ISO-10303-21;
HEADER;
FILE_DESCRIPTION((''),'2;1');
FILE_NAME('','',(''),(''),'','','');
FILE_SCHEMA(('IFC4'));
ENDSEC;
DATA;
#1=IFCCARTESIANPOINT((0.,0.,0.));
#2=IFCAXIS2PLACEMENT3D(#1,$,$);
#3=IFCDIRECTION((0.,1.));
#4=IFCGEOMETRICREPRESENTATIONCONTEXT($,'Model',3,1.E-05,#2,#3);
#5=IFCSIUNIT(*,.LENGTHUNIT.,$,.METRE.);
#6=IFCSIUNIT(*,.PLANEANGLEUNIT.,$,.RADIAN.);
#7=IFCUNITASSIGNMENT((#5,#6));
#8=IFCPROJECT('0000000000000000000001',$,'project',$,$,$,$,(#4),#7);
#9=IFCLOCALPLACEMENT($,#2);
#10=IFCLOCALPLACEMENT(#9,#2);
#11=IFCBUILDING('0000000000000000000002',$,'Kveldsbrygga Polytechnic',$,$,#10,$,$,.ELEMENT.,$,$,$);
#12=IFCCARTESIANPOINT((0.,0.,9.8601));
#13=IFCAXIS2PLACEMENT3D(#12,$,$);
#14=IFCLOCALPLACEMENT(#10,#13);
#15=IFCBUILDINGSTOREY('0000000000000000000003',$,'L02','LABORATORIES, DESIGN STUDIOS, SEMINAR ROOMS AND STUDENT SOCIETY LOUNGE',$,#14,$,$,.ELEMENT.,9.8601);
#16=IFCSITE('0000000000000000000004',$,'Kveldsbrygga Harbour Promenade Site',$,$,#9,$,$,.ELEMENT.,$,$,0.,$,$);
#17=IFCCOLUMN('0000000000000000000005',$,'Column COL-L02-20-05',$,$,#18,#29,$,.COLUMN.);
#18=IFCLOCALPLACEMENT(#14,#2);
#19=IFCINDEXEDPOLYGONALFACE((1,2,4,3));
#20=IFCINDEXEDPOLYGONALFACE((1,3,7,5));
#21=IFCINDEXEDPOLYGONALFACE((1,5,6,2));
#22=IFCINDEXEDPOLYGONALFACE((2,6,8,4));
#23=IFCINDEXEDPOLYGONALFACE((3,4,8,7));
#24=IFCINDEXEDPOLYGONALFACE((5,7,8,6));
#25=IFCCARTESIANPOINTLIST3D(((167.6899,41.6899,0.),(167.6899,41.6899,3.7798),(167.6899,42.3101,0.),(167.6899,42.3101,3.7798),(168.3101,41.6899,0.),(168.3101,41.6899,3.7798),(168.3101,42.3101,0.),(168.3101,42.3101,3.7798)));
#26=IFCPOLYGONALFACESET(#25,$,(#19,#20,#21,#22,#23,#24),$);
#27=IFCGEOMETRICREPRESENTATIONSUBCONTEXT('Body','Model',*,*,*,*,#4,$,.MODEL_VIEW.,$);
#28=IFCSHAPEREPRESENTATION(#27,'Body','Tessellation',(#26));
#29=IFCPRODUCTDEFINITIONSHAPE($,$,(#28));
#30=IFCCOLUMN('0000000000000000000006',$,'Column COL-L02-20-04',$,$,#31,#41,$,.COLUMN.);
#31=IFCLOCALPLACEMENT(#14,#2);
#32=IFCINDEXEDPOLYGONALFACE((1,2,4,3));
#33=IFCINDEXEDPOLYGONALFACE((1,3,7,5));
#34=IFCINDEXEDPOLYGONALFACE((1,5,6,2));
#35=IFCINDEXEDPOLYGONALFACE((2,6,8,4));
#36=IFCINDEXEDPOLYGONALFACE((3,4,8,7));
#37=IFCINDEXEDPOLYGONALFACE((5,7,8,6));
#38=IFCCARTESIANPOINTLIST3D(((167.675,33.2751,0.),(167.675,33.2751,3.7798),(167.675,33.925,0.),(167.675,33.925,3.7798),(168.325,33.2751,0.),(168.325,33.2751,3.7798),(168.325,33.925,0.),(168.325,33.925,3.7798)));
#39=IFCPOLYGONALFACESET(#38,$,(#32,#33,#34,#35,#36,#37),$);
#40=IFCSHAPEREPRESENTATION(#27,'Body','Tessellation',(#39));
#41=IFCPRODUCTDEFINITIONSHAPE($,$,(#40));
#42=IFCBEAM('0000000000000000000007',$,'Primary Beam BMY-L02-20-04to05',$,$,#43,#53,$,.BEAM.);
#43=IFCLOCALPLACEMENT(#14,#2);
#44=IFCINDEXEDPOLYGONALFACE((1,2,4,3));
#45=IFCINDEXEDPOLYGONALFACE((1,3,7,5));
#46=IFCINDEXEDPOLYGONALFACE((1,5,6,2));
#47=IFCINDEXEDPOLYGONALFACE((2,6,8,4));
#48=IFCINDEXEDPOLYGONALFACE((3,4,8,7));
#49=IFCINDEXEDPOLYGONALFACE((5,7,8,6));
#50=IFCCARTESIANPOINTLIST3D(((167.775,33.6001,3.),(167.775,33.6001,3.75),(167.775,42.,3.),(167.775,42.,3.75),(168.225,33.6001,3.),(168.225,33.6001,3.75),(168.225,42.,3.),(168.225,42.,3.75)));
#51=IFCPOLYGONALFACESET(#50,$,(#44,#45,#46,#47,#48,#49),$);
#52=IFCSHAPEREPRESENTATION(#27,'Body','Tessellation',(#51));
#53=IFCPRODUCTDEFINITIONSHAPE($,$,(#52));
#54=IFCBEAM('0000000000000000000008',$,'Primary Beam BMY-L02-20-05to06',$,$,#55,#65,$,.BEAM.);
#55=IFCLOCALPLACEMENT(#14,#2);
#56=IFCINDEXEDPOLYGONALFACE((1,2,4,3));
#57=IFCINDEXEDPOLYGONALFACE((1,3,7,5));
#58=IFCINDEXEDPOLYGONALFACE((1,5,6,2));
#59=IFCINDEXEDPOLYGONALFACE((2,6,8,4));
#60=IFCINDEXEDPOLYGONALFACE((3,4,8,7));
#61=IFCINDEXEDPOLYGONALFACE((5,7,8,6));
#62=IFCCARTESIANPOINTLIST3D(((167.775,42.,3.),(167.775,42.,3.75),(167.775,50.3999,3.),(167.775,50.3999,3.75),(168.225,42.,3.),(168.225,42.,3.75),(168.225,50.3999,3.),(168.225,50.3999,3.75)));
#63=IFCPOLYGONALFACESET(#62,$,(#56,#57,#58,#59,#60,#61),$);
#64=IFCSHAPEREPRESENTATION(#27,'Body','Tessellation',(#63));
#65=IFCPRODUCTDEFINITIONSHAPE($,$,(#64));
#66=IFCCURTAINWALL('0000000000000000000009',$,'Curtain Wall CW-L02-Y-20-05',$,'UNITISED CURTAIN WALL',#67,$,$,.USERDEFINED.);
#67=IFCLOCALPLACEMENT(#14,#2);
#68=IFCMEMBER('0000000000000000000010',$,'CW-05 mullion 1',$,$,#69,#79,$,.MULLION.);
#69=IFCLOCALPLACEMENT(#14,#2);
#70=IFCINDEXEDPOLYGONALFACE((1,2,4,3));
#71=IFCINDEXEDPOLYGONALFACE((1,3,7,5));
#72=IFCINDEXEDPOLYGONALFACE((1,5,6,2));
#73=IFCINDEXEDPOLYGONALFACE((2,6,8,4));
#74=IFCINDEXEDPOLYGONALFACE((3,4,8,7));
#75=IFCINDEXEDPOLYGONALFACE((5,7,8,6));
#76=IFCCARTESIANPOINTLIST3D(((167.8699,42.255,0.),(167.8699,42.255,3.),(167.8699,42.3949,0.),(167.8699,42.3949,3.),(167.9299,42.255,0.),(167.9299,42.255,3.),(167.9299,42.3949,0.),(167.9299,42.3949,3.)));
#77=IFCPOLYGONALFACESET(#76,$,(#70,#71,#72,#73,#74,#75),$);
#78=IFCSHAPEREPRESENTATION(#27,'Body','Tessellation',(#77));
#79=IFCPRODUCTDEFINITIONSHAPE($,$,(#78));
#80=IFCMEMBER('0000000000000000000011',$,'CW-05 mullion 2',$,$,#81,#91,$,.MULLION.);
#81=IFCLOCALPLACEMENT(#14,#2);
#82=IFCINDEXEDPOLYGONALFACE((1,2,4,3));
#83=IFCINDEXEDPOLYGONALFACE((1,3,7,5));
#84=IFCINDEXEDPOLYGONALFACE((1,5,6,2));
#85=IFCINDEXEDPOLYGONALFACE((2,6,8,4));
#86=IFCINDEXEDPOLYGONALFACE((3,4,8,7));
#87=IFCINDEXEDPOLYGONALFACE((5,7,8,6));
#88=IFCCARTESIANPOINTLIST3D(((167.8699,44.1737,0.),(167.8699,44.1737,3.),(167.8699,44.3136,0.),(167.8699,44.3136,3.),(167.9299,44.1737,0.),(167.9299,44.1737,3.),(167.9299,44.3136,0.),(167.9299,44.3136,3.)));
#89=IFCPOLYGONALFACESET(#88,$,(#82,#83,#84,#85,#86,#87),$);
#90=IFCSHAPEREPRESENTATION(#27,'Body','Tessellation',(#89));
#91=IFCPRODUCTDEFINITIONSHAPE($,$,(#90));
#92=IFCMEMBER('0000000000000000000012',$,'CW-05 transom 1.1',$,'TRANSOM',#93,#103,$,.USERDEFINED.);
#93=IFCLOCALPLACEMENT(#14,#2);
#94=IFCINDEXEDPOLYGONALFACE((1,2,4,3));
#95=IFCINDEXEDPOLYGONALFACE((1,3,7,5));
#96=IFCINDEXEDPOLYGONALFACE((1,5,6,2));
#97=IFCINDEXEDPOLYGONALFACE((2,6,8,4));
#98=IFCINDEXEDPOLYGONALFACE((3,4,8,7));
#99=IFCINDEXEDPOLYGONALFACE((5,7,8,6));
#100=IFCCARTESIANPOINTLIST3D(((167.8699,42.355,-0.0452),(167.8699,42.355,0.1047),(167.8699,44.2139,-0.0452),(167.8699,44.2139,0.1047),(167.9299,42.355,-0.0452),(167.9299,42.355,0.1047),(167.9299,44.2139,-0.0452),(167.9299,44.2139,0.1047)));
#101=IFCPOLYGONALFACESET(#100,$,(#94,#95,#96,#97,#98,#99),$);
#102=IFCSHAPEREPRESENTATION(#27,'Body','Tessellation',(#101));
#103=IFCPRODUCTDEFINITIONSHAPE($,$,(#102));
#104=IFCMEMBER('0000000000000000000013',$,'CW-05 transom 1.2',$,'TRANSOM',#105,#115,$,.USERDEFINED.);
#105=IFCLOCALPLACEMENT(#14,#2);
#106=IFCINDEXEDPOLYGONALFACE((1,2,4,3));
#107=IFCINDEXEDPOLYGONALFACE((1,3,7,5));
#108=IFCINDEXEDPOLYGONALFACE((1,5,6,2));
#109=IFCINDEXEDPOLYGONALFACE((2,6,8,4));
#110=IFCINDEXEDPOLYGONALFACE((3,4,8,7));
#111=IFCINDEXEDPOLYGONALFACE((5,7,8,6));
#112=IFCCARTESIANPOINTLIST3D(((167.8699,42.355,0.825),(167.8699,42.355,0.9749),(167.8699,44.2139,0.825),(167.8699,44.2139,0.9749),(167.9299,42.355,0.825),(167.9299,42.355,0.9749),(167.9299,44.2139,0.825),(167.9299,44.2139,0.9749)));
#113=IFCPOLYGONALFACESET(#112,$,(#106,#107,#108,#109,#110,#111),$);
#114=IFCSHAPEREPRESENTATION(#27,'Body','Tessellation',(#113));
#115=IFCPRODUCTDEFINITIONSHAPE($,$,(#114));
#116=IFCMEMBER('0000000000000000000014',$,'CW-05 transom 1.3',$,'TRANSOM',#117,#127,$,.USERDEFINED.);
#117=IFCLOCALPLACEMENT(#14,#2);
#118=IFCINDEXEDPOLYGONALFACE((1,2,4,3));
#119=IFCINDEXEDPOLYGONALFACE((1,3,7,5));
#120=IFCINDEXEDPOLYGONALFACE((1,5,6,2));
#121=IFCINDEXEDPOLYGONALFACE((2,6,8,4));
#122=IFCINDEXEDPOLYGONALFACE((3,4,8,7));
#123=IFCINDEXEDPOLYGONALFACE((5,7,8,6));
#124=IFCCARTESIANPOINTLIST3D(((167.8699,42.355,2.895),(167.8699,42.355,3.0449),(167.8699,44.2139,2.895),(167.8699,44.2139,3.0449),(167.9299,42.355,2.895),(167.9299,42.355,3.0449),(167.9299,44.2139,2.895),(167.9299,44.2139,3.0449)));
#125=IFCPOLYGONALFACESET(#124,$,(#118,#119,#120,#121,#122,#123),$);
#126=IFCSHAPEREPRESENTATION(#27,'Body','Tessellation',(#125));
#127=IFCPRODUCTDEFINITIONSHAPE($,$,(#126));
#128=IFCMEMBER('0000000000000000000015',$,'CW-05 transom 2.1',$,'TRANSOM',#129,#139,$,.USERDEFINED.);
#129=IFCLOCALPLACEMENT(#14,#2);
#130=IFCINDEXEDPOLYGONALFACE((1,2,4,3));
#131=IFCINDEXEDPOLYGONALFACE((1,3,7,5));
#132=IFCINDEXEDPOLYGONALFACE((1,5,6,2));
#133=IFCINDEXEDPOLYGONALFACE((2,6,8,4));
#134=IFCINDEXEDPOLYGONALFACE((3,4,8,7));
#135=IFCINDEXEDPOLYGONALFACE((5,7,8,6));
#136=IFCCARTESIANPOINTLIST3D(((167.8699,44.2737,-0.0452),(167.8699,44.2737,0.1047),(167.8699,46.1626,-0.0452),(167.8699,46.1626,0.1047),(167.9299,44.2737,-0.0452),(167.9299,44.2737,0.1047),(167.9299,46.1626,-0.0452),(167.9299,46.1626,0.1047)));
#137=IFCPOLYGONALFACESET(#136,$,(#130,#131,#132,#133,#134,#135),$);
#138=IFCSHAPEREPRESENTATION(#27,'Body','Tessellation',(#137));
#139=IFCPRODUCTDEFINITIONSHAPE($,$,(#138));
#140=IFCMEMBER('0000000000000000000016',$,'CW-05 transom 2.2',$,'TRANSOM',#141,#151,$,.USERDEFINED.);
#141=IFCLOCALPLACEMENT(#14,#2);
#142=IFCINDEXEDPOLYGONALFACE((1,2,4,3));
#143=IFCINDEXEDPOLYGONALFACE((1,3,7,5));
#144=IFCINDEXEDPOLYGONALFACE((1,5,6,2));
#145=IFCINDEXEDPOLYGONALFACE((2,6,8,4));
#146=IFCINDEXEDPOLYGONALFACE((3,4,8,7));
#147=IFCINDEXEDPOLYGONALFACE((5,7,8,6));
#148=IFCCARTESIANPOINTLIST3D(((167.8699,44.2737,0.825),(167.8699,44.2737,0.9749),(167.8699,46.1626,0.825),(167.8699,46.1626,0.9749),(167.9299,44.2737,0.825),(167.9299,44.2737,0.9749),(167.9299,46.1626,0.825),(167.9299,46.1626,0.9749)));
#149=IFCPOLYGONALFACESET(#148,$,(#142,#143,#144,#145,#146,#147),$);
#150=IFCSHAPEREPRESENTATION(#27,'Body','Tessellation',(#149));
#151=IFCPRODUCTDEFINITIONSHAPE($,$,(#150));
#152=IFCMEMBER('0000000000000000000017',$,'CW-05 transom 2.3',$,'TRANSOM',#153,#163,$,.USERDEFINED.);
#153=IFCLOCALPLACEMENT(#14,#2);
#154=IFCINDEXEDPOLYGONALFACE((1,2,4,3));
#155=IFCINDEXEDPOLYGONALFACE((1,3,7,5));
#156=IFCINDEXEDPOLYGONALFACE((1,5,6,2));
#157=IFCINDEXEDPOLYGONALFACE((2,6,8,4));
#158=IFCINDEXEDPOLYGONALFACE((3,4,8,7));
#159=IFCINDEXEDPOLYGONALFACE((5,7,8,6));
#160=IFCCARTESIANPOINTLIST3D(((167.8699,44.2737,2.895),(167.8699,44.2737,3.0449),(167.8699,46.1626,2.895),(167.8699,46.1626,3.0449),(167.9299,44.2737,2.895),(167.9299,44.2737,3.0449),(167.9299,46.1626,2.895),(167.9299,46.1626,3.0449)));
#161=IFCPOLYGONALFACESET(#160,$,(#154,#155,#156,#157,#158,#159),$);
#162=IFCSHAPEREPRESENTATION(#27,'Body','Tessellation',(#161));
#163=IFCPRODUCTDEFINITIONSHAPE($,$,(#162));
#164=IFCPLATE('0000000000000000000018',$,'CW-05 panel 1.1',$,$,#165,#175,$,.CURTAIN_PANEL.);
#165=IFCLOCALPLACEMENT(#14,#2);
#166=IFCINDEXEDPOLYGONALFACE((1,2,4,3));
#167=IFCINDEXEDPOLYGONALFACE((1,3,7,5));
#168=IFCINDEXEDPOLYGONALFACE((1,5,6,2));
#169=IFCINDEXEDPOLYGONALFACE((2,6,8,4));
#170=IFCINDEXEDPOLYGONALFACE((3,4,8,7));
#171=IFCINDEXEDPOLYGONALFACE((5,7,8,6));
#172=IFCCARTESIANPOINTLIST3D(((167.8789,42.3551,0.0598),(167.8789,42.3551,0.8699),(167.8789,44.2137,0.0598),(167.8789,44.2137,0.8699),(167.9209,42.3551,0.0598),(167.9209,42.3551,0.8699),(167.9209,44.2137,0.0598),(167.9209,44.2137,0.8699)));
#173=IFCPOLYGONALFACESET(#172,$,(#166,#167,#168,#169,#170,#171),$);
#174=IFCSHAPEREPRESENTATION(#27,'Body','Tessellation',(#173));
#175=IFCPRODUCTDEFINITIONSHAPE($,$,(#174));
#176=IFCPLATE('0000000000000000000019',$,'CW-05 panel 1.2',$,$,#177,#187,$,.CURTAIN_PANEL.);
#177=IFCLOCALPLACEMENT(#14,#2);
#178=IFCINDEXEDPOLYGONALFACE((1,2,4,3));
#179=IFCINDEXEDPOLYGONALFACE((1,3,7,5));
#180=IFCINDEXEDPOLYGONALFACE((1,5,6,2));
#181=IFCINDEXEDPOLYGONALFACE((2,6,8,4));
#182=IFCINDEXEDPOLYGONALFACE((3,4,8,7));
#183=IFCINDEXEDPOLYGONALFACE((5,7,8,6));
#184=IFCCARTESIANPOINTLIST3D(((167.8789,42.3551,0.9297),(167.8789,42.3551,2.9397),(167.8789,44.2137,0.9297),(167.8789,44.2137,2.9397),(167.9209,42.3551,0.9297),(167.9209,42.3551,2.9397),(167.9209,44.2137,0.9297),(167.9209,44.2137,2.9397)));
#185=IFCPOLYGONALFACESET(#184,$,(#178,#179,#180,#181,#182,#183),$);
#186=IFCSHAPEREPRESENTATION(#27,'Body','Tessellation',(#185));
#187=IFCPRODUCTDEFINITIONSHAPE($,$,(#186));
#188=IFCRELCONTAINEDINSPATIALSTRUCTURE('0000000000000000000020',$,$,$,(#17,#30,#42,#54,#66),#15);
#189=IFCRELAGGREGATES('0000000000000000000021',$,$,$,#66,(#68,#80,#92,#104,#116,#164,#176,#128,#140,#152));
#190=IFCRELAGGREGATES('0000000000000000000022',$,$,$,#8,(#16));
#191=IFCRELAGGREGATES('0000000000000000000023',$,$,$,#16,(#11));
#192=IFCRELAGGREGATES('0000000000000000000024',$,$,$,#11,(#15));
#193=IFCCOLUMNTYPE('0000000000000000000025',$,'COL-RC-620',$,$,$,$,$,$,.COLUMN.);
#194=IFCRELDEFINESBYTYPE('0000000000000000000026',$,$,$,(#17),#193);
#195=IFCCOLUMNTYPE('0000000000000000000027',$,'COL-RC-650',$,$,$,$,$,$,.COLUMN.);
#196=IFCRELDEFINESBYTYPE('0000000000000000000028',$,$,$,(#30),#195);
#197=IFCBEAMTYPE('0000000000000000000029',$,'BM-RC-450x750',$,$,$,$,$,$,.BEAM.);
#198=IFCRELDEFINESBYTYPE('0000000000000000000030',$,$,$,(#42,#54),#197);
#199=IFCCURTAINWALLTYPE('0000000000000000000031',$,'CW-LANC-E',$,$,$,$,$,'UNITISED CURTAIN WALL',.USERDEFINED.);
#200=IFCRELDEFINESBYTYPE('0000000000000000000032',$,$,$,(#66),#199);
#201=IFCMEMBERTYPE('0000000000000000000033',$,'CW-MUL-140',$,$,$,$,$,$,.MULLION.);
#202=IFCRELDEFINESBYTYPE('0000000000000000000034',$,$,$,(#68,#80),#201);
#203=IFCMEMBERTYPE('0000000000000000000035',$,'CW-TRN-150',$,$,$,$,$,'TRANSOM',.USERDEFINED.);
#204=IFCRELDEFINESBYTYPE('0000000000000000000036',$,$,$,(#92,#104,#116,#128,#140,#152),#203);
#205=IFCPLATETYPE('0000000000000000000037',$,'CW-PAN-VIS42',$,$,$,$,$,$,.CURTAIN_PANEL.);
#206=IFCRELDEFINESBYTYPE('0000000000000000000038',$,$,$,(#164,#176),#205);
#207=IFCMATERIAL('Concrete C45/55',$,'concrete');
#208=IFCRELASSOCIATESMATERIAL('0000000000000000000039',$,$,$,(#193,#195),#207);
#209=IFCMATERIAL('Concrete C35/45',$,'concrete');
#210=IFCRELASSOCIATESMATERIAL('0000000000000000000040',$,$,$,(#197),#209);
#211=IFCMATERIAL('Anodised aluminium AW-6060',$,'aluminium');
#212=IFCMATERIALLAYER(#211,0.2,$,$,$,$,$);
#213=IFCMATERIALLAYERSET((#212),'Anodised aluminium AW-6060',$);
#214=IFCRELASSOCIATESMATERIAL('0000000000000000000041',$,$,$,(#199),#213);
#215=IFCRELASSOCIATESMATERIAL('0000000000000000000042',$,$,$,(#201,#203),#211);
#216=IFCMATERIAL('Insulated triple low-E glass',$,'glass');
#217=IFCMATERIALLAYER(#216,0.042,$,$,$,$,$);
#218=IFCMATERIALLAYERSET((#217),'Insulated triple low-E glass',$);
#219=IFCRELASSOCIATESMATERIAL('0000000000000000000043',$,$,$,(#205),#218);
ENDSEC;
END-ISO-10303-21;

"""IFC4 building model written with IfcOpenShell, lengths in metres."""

from ifc_helpers import new_model, si_unit, direction, frame, origin, origin_2d, place, context, subcontext, project, spatial, rectangle, extrude, material, layer, layer_set, material_profile, profile_set, type_object, element, aggregate, save


model = new_model("IFC4")

# Units and contexts
model_context = context("Model", 3, precision=1e-05, world=origin(), true_north=direction((0.0, 1.0)))
body_context = subcontext(model_context, "Body", "Model", "MODEL_VIEW")
ifc_project = project(units=[si_unit("LENGTHUNIT", "METRE"), si_unit("PLANEANGLEUNIT", "RADIAN")], contexts=[model_context])

# Site, building, storey
site_placement = place(None, origin())
site = spatial("IfcSite", under=ifc_project, at=site_placement, Name="Kveldsbrygga Harbour Promenade Site", CompositionType="ELEMENT", RefElevation=0.0)
building_placement = place(site_placement, origin())
building = spatial("IfcBuilding", under=site, at=building_placement, Name="Kveldsbrygga Polytechnic", CompositionType="ELEMENT")
storey_placement = place(building_placement, frame((0.0, 0.0, 9.8601)))
storey = spatial("IfcBuildingStorey", under=building, at=storey_placement, Name="L02", Description="LABORATORIES, DESIGN STUDIOS, SEMINAR ROOMS AND STUDENT SOCIETY LOUNGE", CompositionType="ELEMENT", Elevation=9.8601)

# Columns
ifc_material_1 = material(Name="Concrete C45/55", Category="concrete")
ifc_material_profile_1 = material_profile(ifc_material_1, rectangle(XDim=0.6201, YDim=0.6201, at=origin_2d()), Name="RC 620x620")
ifc_profile_set_1 = profile_set([ifc_material_profile_1], Name="Concrete C45/55")
column_type_1 = type_object("IfcColumnType", Name="COL-RC-620", PredefinedType="COLUMN", material=ifc_profile_set_1)
column_1_placement = place(storey_placement, frame((168.0, 42.0, 0.0), z_axis=(0.0, 0.0, 1.0), x_axis=(1.0, 0.0, 0.0)))
element("IfcColumn", 1, at=column_1_placement, inside=storey, type_object=column_type_1, Name="Column COL-L02-20-05", PredefinedType="COLUMN", context=body_context, shape_type="SweptSolid", body=[
    extrude(rectangle(XDim=0.6201, YDim=0.6201, at=origin_2d()), origin(), (0.0, 0.0, 1.0), 3.7798),
])
ifc_material_profile_2 = material_profile(ifc_material_1, rectangle(XDim=0.6499, YDim=0.6499, at=origin_2d()), Name="RC 650x650")
ifc_profile_set_2 = profile_set([ifc_material_profile_2], Name="Concrete C45/55")
column_type_2 = type_object("IfcColumnType", Name="COL-RC-650", PredefinedType="COLUMN", material=ifc_profile_set_2)
column_2_placement = place(storey_placement, frame((168.0, 33.6001, 0.0), z_axis=(0.0, 0.0, 1.0), x_axis=(1.0, 0.0, 0.0)))
element("IfcColumn", 2, at=column_2_placement, inside=storey, type_object=column_type_2, Name="Column COL-L02-20-04", PredefinedType="COLUMN", context=body_context, shape_type="SweptSolid", body=[
    extrude(rectangle(XDim=0.6499, YDim=0.6499, at=origin_2d()), origin(), (0.0, 0.0, 1.0), 3.7798),
])

# Beams
ifc_material_2 = material(Name="Concrete C35/45", Category="concrete")
ifc_material_profile_3 = material_profile(ifc_material_2, rectangle(XDim=0.45, YDim=0.75, at=origin_2d()), Name="RC 450x750")
ifc_profile_set_3 = profile_set([ifc_material_profile_3], Name="Concrete C35/45")
beam_type = type_object("IfcBeamType", Name="BM-RC-450x750", PredefinedType="BEAM", material=ifc_profile_set_3)
for number, where, z_axis, x_axis, name in (
    (3, (168.0, 33.6001, 3.375), (0.0, 1.0, 0.0), (-1.0, 0.0, 0.0), "Primary Beam BMY-L02-20-04to05"),
    (4, (168.0, 42.0, 3.375), (0.0, 1.0, 0.0), (-1.0, 0.0, 0.0), "Primary Beam BMY-L02-20-05to06"),
):
    element("IfcBeam", number, at=place(storey_placement, frame(where, z_axis=z_axis, x_axis=x_axis)), inside=storey, type_object=beam_type, Name=name, PredefinedType="BEAM", context=body_context, shape_type="SweptSolid", body=[
        extrude(rectangle(XDim=0.45, YDim=0.75, at=origin_2d()), origin(), (0.0, 0.0, 1.0), 8.3999),
    ])

# Curtain wall, members, plates
ifc_material_3 = material(Name="Anodised aluminium AW-6060", Category="aluminium")
ifc_layer_1 = layer(ifc_material_3, 0.2)
ifc_layer_set_1 = layer_set([ifc_layer_1], Name="Anodised aluminium AW-6060")
curtain_wall_type = type_object("IfcCurtainWallType", Name="CW-LANC-E", ElementType="UNITISED CURTAIN WALL", PredefinedType="USERDEFINED", material=ifc_layer_set_1)
curtain_wall_placement = place(storey_placement, origin())
curtain_wall = element("IfcCurtainWall", 5, at=curtain_wall_placement, inside=storey, type_object=curtain_wall_type, Name="Curtain Wall CW-L02-Y-20-05", ObjectType="UNITISED CURTAIN WALL", PredefinedType="USERDEFINED")
ifc_material_profile_4 = material_profile(ifc_material_3, rectangle(XDim=0.0601, YDim=0.1399, at=origin_2d()), Name="ALU 60x140")
ifc_profile_set_4 = profile_set([ifc_material_profile_4], Name="Anodised aluminium AW-6060")
member_type_1 = type_object("IfcMemberType", Name="CW-MUL-140", PredefinedType="MULLION", material=ifc_profile_set_4)
member_1_placement = place(storey_placement, frame((167.8999, 42.325, 0.0), z_axis=(0.0, 0.0, 1.0), x_axis=(-1.0, 0.0, 0.0)))
member_1 = element("IfcMember", 6, at=member_1_placement, type_object=member_type_1, Name="CW-05 mullion 1", PredefinedType="MULLION", context=body_context, shape_type="SweptSolid", body=[
    extrude(rectangle(XDim=0.0601, YDim=0.1399, at=origin_2d()), origin(), (0.0, 0.0, 1.0), 3.0),
])
member_2_placement = place(storey_placement, frame((167.8999, 44.2437, 0.0), z_axis=(0.0, 0.0, 1.0), x_axis=(-1.0, 0.0, 0.0)))
member_2 = element("IfcMember", 7, at=member_2_placement, type_object=member_type_1, Name="CW-05 mullion 2", PredefinedType="MULLION", context=body_context, shape_type="SweptSolid", body=[
    extrude(rectangle(XDim=0.0601, YDim=0.1399, at=origin_2d()), origin(), (0.0, 0.0, 1.0), 3.0),
])
ifc_material_profile_5 = material_profile(ifc_material_3, rectangle(XDim=0.0601, YDim=0.1499, at=origin_2d()), Name="ALU 60x150")
ifc_profile_set_5 = profile_set([ifc_material_profile_5], Name="Anodised aluminium AW-6060")
member_type_2 = type_object("IfcMemberType", Name="CW-TRN-150", ElementType="TRANSOM", PredefinedType="USERDEFINED", material=ifc_profile_set_5)
member_3_placement = place(storey_placement, frame((167.8999, 42.355, 0.0298), z_axis=(0.0, 1.0, 0.0), x_axis=(-1.0, 0.0, 0.0)))
member_3 = element("IfcMember", 8, at=member_3_placement, type_object=member_type_2, Name="CW-05 transom 1.1", ObjectType="TRANSOM", PredefinedType="USERDEFINED", context=body_context, shape_type="SweptSolid", body=[
    extrude(rectangle(XDim=0.0601, YDim=0.1499, at=origin_2d()), origin(), (0.0, 0.0, 1.0), 1.8589),
])
member_4_placement = place(storey_placement, frame((167.8999, 42.355, 0.8999), z_axis=(0.0, 1.0, 0.0), x_axis=(-1.0, 0.0, 0.0)))
member_4 = element("IfcMember", 9, at=member_4_placement, type_object=member_type_2, Name="CW-05 transom 1.2", ObjectType="TRANSOM", PredefinedType="USERDEFINED", context=body_context, shape_type="SweptSolid", body=[
    extrude(rectangle(XDim=0.0601, YDim=0.1499, at=origin_2d()), origin(), (0.0, 0.0, 1.0), 1.8589),
])
member_5_placement = place(storey_placement, frame((167.8999, 42.355, 2.97), z_axis=(0.0, 1.0, 0.0), x_axis=(-1.0, 0.0, 0.0)))
member_5 = element("IfcMember", 10, at=member_5_placement, type_object=member_type_2, Name="CW-05 transom 1.3", ObjectType="TRANSOM", PredefinedType="USERDEFINED", context=body_context, shape_type="SweptSolid", body=[
    extrude(rectangle(XDim=0.0601, YDim=0.1499, at=origin_2d()), origin(), (0.0, 0.0, 1.0), 1.8589),
])
member_6_placement = place(storey_placement, frame((167.8999, 44.2737, 0.0298), z_axis=(0.0, 1.0, 0.0), x_axis=(-1.0, 0.0, 0.0)))
member_6 = element("IfcMember", 11, at=member_6_placement, type_object=member_type_2, Name="CW-05 transom 2.1", ObjectType="TRANSOM", PredefinedType="USERDEFINED", context=body_context, shape_type="SweptSolid", body=[
    extrude(rectangle(XDim=0.0601, YDim=0.1499, at=origin_2d()), origin(), (0.0, 0.0, 1.0), 1.8889),
])
member_7_placement = place(storey_placement, frame((167.8999, 44.2737, 0.8999), z_axis=(0.0, 1.0, 0.0), x_axis=(-1.0, 0.0, 0.0)))
member_7 = element("IfcMember", 12, at=member_7_placement, type_object=member_type_2, Name="CW-05 transom 2.2", ObjectType="TRANSOM", PredefinedType="USERDEFINED", context=body_context, shape_type="SweptSolid", body=[
    extrude(rectangle(XDim=0.0601, YDim=0.1499, at=origin_2d()), origin(), (0.0, 0.0, 1.0), 1.8889),
])
member_8_placement = place(storey_placement, frame((167.8999, 44.2737, 2.97), z_axis=(0.0, 1.0, 0.0), x_axis=(-1.0, 0.0, 0.0)))
member_8 = element("IfcMember", 13, at=member_8_placement, type_object=member_type_2, Name="CW-05 transom 2.3", ObjectType="TRANSOM", PredefinedType="USERDEFINED", context=body_context, shape_type="SweptSolid", body=[
    extrude(rectangle(XDim=0.0601, YDim=0.1499, at=origin_2d()), origin(), (0.0, 0.0, 1.0), 1.8889),
])
ifc_material_4 = material(Name="Insulated triple low-E glass", Category="glass")
ifc_layer_2 = layer(ifc_material_4, 0.042)
ifc_layer_set_2 = layer_set([ifc_layer_2], Name="Insulated triple low-E glass")
plate_type = type_object("IfcPlateType", Name="CW-PAN-VIS42", PredefinedType="CURTAIN_PANEL", material=ifc_layer_set_2)
plate_1_placement = place(storey_placement, frame((167.8999, 43.2844, 0.0598), z_axis=(0.0, 0.0, 1.0), x_axis=(0.0, 1.0, 0.0)))
plate_1 = element("IfcPlate", 14, at=plate_1_placement, type_object=plate_type, Name="CW-05 panel 1.1", PredefinedType="CURTAIN_PANEL", context=body_context, shape_type="SweptSolid", body=[
    extrude(rectangle(XDim=1.8586, YDim=0.042, at=origin_2d()), origin(), (0.0, 0.0, 1.0), 0.8101),
])
plate_2_placement = place(storey_placement, frame((167.8999, 43.2844, 0.9297), z_axis=(0.0, 0.0, 1.0), x_axis=(0.0, 1.0, 0.0)))
plate_2 = element("IfcPlate", 15, at=plate_2_placement, type_object=plate_type, Name="CW-05 panel 1.2", PredefinedType="CURTAIN_PANEL", context=body_context, shape_type="SweptSolid", body=[
    extrude(rectangle(XDim=1.8586, YDim=0.042, at=origin_2d()), origin(), (0.0, 0.0, 1.0), 2.01),
])
aggregate(curtain_wall, [member_1, member_2, member_3, member_4, member_5, plate_1, plate_2, member_6, member_7, member_8])

save(model, "model.ifc")
